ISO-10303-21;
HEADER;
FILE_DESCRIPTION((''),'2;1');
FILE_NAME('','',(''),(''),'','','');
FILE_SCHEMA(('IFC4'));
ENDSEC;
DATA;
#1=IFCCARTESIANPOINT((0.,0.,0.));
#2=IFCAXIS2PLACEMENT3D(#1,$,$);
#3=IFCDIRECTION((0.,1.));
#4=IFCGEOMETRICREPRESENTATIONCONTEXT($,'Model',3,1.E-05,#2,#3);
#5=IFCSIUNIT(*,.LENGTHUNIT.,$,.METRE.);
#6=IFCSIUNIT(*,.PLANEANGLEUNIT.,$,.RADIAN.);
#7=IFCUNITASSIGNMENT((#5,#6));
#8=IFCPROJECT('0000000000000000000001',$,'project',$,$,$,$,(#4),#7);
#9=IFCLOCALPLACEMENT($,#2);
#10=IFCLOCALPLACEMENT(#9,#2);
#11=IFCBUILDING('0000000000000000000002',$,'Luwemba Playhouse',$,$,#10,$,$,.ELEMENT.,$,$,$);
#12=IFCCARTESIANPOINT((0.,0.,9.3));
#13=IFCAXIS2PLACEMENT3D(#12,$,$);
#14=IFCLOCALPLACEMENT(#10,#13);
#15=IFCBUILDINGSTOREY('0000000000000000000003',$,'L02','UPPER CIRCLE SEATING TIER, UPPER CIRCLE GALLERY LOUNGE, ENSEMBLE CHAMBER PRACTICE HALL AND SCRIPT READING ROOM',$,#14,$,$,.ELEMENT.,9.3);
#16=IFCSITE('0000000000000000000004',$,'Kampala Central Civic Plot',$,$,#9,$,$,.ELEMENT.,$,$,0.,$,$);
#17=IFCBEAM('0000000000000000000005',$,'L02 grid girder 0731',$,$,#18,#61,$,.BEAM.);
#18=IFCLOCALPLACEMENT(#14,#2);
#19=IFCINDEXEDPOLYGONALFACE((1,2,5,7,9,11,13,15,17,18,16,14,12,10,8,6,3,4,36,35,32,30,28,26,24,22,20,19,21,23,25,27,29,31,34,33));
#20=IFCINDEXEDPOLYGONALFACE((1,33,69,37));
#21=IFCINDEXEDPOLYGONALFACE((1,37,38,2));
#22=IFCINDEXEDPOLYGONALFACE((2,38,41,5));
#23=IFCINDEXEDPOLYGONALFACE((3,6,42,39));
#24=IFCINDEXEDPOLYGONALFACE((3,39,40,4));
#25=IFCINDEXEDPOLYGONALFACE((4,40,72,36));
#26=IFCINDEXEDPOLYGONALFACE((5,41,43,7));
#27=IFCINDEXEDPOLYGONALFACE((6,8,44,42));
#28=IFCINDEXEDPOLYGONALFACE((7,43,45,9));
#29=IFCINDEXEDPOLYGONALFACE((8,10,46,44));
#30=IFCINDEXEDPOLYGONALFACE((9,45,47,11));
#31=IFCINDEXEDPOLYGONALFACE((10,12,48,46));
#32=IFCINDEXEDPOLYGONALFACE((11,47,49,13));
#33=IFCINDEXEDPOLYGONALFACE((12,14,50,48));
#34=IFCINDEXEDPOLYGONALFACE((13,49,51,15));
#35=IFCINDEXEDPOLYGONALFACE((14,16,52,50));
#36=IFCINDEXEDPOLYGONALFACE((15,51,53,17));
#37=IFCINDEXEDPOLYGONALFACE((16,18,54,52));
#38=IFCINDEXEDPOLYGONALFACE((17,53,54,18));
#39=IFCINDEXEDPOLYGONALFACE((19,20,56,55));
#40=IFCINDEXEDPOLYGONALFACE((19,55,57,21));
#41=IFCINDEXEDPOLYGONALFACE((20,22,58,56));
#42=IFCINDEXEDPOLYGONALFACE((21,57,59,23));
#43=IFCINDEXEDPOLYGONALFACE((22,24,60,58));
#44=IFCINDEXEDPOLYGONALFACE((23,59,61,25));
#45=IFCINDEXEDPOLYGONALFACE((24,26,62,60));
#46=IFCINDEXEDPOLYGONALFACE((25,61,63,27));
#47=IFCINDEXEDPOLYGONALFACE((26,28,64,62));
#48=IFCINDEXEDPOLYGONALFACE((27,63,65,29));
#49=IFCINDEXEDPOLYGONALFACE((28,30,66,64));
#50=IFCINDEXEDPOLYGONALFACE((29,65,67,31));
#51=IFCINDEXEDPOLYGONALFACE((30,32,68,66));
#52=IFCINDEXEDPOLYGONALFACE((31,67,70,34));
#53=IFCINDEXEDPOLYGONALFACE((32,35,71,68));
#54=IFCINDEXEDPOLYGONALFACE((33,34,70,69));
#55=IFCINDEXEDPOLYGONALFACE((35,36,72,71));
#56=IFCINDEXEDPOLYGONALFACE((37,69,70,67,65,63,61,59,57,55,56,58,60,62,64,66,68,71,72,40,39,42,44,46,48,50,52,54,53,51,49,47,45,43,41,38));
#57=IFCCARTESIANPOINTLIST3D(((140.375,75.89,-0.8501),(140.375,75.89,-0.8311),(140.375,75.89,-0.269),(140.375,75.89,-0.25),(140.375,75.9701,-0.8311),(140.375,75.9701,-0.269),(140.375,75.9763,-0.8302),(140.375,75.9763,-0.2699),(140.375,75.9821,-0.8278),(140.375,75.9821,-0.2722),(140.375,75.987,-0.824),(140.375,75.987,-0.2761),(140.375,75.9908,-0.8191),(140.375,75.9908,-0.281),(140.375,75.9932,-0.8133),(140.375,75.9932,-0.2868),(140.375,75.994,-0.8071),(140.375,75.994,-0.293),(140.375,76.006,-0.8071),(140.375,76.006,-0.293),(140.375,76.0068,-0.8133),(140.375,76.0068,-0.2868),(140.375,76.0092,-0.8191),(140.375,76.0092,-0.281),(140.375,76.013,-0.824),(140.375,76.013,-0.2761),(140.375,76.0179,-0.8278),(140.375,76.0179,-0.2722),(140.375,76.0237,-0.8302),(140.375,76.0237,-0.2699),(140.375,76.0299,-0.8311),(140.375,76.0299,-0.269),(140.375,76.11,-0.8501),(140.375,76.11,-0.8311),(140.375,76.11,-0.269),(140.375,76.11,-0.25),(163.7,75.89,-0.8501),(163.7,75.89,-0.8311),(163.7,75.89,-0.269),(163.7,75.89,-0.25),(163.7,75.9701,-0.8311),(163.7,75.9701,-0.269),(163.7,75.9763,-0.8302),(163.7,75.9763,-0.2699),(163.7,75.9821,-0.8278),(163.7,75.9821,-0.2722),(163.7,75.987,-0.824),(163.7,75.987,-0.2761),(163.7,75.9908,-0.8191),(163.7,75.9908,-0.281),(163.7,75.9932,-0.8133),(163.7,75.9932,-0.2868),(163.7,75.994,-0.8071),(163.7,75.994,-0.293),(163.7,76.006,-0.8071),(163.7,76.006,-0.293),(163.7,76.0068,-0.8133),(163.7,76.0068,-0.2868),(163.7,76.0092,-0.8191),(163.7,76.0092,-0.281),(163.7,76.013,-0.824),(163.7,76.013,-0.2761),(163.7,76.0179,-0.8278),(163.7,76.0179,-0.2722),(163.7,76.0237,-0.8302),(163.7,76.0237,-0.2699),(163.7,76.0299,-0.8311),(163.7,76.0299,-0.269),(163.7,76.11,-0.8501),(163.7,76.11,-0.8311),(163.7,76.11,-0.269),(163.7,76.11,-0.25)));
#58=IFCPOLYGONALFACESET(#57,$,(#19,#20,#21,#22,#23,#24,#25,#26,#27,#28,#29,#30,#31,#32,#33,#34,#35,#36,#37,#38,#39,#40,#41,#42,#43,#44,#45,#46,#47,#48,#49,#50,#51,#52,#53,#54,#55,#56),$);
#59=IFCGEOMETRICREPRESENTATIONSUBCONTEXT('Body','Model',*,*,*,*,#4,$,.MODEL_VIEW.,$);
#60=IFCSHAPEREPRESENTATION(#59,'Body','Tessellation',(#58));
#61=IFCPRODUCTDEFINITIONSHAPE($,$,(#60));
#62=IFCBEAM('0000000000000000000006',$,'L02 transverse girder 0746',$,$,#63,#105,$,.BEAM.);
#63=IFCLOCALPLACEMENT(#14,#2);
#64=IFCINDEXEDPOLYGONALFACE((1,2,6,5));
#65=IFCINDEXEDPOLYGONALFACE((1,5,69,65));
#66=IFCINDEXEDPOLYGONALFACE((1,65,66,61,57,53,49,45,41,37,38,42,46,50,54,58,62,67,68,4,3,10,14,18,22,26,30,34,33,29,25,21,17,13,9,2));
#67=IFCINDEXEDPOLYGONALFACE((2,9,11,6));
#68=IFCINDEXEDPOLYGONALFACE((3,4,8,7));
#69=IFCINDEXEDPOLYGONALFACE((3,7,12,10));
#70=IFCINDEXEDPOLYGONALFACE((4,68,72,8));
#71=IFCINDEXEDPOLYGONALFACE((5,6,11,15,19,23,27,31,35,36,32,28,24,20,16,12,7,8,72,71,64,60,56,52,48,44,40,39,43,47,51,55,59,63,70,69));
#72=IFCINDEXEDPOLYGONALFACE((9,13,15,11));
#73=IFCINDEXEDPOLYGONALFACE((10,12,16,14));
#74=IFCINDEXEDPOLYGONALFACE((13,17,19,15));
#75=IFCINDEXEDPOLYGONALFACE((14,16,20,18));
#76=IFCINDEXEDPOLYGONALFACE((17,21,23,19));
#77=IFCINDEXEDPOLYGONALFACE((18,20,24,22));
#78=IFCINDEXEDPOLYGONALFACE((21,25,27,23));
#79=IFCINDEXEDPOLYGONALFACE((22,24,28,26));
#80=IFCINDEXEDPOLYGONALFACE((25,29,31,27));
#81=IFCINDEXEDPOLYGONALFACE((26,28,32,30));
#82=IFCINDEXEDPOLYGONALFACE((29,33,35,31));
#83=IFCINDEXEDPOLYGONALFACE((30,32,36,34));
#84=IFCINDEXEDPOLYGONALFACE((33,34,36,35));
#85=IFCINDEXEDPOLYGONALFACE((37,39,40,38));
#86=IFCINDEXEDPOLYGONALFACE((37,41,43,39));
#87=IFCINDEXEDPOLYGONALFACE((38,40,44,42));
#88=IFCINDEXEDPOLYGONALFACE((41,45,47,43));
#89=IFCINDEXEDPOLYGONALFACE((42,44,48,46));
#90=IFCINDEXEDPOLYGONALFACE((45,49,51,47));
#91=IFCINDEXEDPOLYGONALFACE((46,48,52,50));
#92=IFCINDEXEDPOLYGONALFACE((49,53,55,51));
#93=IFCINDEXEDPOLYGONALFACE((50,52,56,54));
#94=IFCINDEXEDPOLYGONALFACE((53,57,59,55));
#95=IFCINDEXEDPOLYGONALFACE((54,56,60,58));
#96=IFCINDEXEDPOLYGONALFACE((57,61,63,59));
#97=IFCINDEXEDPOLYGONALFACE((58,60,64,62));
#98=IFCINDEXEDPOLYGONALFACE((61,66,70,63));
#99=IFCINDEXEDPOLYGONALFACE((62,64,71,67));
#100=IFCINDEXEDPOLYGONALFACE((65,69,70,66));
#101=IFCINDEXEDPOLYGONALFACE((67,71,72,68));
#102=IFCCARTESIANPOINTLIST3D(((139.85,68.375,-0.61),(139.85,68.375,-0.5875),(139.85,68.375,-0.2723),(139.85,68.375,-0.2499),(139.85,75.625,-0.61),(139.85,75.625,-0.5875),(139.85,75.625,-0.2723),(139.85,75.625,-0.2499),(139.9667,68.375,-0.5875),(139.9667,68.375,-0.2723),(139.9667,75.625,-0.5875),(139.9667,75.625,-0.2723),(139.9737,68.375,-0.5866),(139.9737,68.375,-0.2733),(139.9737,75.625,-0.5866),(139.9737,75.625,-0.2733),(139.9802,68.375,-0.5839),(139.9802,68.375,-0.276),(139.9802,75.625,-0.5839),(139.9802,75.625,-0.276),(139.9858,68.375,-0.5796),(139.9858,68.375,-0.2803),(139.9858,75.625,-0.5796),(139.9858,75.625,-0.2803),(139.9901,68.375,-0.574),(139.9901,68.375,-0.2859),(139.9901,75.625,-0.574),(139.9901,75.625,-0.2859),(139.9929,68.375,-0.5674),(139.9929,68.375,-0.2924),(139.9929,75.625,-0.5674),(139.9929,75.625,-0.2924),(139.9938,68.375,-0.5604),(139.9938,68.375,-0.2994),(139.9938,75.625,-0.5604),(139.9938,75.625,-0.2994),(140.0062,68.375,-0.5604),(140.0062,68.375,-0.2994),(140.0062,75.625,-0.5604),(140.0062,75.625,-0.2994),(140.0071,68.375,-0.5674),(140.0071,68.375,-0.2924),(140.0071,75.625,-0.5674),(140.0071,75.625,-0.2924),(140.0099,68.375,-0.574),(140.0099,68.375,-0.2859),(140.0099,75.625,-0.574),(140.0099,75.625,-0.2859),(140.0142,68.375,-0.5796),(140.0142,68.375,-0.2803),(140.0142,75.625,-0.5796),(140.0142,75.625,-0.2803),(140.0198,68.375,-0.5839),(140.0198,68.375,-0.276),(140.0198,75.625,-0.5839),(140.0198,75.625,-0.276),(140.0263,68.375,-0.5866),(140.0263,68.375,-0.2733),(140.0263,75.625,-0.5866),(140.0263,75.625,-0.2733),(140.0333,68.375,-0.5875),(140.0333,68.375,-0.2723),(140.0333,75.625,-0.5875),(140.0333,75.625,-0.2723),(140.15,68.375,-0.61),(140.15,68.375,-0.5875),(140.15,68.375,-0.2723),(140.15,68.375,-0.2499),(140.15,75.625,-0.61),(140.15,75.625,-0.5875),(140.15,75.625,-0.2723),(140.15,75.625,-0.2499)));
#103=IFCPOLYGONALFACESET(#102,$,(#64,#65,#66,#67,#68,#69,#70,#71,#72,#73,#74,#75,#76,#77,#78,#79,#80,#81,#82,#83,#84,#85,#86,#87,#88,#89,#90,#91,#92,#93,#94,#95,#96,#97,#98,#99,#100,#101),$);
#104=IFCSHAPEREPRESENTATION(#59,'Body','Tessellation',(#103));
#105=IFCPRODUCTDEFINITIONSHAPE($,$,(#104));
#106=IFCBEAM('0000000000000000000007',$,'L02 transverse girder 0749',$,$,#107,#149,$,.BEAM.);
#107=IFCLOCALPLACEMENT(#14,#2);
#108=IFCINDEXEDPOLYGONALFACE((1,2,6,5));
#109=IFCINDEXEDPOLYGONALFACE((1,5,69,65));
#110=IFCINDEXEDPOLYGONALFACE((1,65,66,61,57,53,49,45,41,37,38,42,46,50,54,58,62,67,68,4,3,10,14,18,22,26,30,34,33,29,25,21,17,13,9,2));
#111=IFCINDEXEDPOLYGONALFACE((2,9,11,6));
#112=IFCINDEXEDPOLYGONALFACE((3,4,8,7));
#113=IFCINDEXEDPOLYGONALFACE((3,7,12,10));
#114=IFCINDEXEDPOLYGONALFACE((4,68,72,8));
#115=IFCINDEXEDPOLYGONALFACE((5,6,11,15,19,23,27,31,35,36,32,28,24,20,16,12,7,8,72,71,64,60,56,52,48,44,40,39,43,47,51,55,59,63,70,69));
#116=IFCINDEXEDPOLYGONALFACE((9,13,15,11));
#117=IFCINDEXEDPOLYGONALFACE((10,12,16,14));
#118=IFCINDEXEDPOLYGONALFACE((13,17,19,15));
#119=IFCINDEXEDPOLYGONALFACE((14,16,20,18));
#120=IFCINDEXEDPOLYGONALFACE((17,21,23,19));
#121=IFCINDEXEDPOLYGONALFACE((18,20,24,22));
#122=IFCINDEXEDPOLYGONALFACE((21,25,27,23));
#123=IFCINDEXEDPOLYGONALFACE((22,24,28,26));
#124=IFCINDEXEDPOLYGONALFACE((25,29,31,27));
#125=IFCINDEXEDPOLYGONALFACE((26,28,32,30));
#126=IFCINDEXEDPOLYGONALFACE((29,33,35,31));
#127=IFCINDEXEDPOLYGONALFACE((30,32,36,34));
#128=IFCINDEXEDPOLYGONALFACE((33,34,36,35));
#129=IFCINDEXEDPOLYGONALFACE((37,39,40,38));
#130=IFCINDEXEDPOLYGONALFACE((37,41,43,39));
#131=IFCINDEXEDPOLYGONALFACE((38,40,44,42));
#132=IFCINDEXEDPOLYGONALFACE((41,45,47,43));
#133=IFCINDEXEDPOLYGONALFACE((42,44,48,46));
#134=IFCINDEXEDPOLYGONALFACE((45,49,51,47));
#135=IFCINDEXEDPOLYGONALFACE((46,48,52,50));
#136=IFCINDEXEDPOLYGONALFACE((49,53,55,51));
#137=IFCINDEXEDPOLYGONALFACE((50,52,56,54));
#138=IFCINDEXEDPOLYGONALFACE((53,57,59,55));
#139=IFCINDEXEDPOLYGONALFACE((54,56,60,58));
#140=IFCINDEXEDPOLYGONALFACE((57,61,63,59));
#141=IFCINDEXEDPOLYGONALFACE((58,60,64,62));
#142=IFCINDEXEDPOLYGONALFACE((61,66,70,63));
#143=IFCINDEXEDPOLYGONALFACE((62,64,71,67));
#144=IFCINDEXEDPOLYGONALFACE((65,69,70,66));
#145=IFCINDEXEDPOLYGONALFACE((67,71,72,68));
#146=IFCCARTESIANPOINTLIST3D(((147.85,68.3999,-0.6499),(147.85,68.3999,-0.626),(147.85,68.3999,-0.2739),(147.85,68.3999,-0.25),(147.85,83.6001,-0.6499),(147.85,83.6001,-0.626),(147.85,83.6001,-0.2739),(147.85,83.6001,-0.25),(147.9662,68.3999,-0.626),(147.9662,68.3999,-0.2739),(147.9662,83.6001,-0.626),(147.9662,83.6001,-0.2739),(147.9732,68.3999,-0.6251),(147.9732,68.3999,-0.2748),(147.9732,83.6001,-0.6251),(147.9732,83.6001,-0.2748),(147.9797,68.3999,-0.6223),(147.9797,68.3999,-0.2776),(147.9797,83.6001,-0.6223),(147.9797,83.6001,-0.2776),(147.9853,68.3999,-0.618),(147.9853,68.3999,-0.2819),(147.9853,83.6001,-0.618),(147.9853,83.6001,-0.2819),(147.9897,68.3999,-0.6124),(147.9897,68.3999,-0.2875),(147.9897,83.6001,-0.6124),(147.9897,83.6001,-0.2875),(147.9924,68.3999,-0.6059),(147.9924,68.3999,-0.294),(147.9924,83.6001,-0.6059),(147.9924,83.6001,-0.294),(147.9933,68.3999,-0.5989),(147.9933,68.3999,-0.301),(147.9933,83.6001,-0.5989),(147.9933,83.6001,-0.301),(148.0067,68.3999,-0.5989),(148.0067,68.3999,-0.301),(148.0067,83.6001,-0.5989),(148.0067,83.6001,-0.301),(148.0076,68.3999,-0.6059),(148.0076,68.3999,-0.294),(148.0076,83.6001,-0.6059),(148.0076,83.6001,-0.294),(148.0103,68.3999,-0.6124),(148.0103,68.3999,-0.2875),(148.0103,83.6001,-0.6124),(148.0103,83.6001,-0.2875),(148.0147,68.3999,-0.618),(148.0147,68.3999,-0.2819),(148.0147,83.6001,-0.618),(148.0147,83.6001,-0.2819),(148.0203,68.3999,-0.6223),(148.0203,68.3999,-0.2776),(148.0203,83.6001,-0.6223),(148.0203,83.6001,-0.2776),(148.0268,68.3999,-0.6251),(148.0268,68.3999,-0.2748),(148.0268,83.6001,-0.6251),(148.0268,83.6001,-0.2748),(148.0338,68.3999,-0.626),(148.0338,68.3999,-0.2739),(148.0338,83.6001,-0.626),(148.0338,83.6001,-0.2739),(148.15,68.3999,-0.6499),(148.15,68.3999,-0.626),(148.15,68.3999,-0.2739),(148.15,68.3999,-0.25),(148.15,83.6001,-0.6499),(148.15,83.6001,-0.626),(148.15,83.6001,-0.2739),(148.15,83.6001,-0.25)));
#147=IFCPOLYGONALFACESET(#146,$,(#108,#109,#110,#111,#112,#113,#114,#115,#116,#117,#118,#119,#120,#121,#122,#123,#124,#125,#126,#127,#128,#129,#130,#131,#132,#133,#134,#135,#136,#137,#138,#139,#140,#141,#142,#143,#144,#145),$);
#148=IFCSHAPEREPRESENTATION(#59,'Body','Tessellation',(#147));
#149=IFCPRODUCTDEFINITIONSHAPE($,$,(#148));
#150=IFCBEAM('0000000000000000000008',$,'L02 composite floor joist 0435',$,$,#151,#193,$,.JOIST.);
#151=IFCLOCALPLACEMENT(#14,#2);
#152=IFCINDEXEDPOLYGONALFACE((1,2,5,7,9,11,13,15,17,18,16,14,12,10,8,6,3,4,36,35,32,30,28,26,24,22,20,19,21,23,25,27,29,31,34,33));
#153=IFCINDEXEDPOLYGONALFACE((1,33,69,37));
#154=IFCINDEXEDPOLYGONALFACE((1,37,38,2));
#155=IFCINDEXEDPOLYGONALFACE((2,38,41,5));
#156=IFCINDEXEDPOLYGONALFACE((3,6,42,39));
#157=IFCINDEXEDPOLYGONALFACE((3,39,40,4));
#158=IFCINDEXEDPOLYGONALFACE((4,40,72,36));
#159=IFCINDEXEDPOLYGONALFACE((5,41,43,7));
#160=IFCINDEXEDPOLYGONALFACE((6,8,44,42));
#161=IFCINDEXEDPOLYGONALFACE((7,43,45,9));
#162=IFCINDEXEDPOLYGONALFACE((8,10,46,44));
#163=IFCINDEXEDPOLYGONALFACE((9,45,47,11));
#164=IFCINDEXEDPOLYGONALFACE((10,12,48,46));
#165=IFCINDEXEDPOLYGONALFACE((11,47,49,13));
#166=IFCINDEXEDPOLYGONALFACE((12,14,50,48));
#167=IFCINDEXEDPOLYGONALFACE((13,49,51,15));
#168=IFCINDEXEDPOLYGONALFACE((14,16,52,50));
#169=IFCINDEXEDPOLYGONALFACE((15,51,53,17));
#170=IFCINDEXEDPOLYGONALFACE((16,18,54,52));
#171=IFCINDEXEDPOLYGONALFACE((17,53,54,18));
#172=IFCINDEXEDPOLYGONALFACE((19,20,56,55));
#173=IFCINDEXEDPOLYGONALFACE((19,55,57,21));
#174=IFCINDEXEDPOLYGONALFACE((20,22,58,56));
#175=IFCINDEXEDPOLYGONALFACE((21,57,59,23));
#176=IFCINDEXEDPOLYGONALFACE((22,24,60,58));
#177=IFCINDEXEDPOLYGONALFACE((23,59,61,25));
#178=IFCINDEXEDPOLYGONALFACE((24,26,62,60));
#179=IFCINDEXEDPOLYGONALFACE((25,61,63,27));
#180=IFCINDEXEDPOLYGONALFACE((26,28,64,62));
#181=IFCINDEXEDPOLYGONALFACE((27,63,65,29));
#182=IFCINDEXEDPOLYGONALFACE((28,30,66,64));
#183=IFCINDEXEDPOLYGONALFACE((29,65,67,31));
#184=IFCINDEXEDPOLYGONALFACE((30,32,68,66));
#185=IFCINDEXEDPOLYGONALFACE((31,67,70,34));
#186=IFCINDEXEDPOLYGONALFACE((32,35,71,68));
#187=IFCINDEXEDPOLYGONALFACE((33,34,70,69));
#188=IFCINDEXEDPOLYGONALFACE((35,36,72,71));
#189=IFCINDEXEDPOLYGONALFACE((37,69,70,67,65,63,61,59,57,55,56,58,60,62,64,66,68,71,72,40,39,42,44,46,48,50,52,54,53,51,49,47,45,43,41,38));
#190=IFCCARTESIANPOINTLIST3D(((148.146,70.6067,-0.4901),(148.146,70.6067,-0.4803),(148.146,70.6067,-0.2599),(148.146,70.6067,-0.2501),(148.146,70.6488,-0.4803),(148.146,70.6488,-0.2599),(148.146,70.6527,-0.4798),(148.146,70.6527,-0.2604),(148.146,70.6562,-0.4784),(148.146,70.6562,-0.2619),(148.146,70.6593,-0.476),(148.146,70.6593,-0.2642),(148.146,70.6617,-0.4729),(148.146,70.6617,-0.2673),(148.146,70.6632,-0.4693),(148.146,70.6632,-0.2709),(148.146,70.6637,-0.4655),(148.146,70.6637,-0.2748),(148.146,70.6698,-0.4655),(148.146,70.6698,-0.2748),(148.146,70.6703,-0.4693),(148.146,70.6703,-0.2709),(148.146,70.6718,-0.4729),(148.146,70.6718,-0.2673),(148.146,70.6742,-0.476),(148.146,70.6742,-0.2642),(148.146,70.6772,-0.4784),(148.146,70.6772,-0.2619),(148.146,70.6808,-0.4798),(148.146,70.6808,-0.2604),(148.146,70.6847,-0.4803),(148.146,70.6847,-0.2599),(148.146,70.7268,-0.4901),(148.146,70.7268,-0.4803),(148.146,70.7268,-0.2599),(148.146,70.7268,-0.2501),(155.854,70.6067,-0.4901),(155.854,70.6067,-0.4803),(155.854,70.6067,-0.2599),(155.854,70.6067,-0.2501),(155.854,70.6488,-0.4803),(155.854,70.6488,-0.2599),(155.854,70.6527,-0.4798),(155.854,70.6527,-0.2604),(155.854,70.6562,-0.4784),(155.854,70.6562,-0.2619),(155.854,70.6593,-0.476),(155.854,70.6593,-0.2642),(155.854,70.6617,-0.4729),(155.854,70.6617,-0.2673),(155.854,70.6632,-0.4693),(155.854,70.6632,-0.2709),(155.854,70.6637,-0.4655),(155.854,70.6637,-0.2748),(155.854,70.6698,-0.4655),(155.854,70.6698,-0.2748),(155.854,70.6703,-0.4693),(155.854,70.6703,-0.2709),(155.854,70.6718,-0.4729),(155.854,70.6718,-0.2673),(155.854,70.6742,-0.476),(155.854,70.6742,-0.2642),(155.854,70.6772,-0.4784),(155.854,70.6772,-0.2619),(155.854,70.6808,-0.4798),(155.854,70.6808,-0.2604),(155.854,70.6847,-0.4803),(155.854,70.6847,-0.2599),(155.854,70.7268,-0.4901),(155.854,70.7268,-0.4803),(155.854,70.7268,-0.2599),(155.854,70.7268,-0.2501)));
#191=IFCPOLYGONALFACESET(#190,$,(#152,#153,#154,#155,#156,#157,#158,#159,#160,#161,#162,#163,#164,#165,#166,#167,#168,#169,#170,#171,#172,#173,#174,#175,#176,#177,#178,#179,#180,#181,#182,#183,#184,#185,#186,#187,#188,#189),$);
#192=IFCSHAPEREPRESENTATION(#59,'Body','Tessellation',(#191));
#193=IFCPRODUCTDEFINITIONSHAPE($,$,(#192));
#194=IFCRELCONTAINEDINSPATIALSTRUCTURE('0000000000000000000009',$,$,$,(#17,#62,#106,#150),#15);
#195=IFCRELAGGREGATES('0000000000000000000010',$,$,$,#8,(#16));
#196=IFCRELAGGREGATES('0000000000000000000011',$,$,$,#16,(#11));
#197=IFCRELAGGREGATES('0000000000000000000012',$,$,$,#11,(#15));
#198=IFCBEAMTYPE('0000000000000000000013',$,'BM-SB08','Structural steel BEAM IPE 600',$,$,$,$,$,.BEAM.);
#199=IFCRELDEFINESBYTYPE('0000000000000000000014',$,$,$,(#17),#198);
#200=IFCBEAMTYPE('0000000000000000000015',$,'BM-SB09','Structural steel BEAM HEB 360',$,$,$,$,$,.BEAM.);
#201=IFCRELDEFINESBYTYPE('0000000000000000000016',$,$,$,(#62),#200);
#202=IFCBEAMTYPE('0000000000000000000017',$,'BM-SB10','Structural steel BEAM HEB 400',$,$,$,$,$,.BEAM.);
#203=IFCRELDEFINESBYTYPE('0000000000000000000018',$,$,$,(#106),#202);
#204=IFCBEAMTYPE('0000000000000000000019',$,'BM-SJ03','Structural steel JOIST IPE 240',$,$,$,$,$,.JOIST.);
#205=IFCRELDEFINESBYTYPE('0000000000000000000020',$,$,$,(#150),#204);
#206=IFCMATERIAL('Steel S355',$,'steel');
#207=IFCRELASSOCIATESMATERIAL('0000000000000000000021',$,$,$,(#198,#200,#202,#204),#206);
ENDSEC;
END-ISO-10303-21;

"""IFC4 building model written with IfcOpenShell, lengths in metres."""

from ifc_helpers import new_model, si_unit, direction, frame, origin, origin_2d, place, context, subcontext, project, spatial, i_section, extrude, material, material_profile, profile_set, type_object, element, save


model = new_model("IFC4")

# Units and contexts
model_context = context("Model", 3, precision=1e-05, world=origin(), true_north=direction((0.0, 1.0)))
body_context = subcontext(model_context, "Body", "Model", "MODEL_VIEW")
ifc_project = project(units=[si_unit("LENGTHUNIT", "METRE"), si_unit("PLANEANGLEUNIT", "RADIAN")], contexts=[model_context])

# Site, building, storey
site_placement = place(None, origin())
site = spatial("IfcSite", under=ifc_project, at=site_placement, Name="Kampala Central Civic Plot", CompositionType="ELEMENT", RefElevation=0.0)
building_placement = place(site_placement, origin())
building = spatial("IfcBuilding", under=site, at=building_placement, Name="Luwemba Playhouse", CompositionType="ELEMENT")
storey_placement = place(building_placement, frame((0.0, 0.0, 9.3)))
storey = spatial("IfcBuildingStorey", under=building, at=storey_placement, Name="L02", Description="UPPER CIRCLE SEATING TIER, UPPER CIRCLE GALLERY LOUNGE, ENSEMBLE CHAMBER PRACTICE HALL AND SCRIPT READING ROOM", CompositionType="ELEMENT", Elevation=9.3)

# Beams
ifc_material_1 = material(Name="Steel S355", Category="steel")
ifc_material_profile_1 = material_profile(ifc_material_1, i_section(OverallWidth=0.22, OverallDepth=0.6001, WebThickness=0.012, FlangeThickness=0.019, FilletRadius=0.0239, at=origin_2d()))
ifc_profile_set_1 = profile_set([ifc_material_profile_1], Name="Steel S355")
beam_type_1 = type_object("IfcBeamType", Name="BM-SB08", Description="Structural steel BEAM IPE 600", PredefinedType="BEAM", material=ifc_profile_set_1)
beam_1_placement = place(storey_placement, frame((140.375, 76.0, -0.55), z_axis=(1.0, 0.0, 0.0), x_axis=(0.0, 1.0, 0.0)))
element("IfcBeam", 1, at=beam_1_placement, inside=storey, type_object=beam_type_1, Name="L02 grid girder 0731", PredefinedType="BEAM", context=body_context, shape_type="SweptSolid", body=[
    extrude(i_section(OverallWidth=0.22, OverallDepth=0.6001, WebThickness=0.012, FlangeThickness=0.019, FilletRadius=0.0239, at=origin_2d()), origin(), (0.0, 0.0, 1.0), 23.325),
])
ifc_material_profile_2 = material_profile(ifc_material_1, i_section(OverallWidth=0.3, OverallDepth=0.3601, WebThickness=0.0125, FlangeThickness=0.0225, FilletRadius=0.0271, at=origin_2d()))
ifc_profile_set_2 = profile_set([ifc_material_profile_2], Name="Steel S355")
beam_type_2 = type_object("IfcBeamType", Name="BM-SB09", Description="Structural steel BEAM HEB 360", PredefinedType="BEAM", material=ifc_profile_set_2)
beam_2_placement = place(storey_placement, frame((140.0, 68.375, -0.4299), z_axis=(0.0, 1.0, 0.0), x_axis=(-1.0, 0.0, 0.0)))
element("IfcBeam", 2, at=beam_2_placement, inside=storey, type_object=beam_type_2, Name="L02 transverse girder 0746", PredefinedType="BEAM", context=body_context, shape_type="SweptSolid", body=[
    extrude(i_section(OverallWidth=0.3, OverallDepth=0.3601, WebThickness=0.0125, FlangeThickness=0.0225, FilletRadius=0.0271, at=origin_2d()), origin(), (0.0, 0.0, 1.0), 7.25),
])
ifc_material_profile_3 = material_profile(ifc_material_1, i_section(OverallWidth=0.3, OverallDepth=0.3999, WebThickness=0.0134, FlangeThickness=0.0239, FilletRadius=0.0271, at=origin_2d()))
ifc_profile_set_3 = profile_set([ifc_material_profile_3], Name="Steel S355")
beam_type_3 = type_object("IfcBeamType", Name="BM-SB10", Description="Structural steel BEAM HEB 400", PredefinedType="BEAM", material=ifc_profile_set_3)
beam_3_placement = place(storey_placement, frame((148.0, 68.3999, -0.45), z_axis=(0.0, 1.0, 0.0), x_axis=(-1.0, 0.0, 0.0)))
element("IfcBeam", 3, at=beam_3_placement, inside=storey, type_object=beam_type_3, Name="L02 transverse girder 0749", PredefinedType="BEAM", context=body_context, shape_type="SweptSolid", body=[
    extrude(i_section(OverallWidth=0.3, OverallDepth=0.3999, WebThickness=0.0134, FlangeThickness=0.0239, FilletRadius=0.0271, at=origin_2d()), origin(), (0.0, 0.0, 1.0), 15.2002),
])
ifc_material_profile_4 = material_profile(ifc_material_1, i_section(OverallWidth=0.1201, OverallDepth=0.24, WebThickness=0.0061, FlangeThickness=0.0098, FilletRadius=0.0149, at=origin_2d()))
ifc_profile_set_4 = profile_set([ifc_material_profile_4], Name="Steel S355")
beam_type_4 = type_object("IfcBeamType", Name="BM-SJ03", Description="Structural steel JOIST IPE 240", PredefinedType="JOIST", material=ifc_profile_set_4)
beam_4_placement = place(storey_placement, frame((148.146, 70.6667, -0.3701), z_axis=(1.0, 0.0, 0.0), x_axis=(0.0, 1.0, 0.0)))
element("IfcBeam", 4, at=beam_4_placement, inside=storey, type_object=beam_type_4, Name="L02 composite floor joist 0435", PredefinedType="JOIST", context=body_context, shape_type="SweptSolid", body=[
    extrude(i_section(OverallWidth=0.1201, OverallDepth=0.24, WebThickness=0.0061, FlangeThickness=0.0098, FilletRadius=0.0149, at=origin_2d()), origin(), (0.0, 0.0, 1.0), 7.708),
])

save(model, "model.ifc")
